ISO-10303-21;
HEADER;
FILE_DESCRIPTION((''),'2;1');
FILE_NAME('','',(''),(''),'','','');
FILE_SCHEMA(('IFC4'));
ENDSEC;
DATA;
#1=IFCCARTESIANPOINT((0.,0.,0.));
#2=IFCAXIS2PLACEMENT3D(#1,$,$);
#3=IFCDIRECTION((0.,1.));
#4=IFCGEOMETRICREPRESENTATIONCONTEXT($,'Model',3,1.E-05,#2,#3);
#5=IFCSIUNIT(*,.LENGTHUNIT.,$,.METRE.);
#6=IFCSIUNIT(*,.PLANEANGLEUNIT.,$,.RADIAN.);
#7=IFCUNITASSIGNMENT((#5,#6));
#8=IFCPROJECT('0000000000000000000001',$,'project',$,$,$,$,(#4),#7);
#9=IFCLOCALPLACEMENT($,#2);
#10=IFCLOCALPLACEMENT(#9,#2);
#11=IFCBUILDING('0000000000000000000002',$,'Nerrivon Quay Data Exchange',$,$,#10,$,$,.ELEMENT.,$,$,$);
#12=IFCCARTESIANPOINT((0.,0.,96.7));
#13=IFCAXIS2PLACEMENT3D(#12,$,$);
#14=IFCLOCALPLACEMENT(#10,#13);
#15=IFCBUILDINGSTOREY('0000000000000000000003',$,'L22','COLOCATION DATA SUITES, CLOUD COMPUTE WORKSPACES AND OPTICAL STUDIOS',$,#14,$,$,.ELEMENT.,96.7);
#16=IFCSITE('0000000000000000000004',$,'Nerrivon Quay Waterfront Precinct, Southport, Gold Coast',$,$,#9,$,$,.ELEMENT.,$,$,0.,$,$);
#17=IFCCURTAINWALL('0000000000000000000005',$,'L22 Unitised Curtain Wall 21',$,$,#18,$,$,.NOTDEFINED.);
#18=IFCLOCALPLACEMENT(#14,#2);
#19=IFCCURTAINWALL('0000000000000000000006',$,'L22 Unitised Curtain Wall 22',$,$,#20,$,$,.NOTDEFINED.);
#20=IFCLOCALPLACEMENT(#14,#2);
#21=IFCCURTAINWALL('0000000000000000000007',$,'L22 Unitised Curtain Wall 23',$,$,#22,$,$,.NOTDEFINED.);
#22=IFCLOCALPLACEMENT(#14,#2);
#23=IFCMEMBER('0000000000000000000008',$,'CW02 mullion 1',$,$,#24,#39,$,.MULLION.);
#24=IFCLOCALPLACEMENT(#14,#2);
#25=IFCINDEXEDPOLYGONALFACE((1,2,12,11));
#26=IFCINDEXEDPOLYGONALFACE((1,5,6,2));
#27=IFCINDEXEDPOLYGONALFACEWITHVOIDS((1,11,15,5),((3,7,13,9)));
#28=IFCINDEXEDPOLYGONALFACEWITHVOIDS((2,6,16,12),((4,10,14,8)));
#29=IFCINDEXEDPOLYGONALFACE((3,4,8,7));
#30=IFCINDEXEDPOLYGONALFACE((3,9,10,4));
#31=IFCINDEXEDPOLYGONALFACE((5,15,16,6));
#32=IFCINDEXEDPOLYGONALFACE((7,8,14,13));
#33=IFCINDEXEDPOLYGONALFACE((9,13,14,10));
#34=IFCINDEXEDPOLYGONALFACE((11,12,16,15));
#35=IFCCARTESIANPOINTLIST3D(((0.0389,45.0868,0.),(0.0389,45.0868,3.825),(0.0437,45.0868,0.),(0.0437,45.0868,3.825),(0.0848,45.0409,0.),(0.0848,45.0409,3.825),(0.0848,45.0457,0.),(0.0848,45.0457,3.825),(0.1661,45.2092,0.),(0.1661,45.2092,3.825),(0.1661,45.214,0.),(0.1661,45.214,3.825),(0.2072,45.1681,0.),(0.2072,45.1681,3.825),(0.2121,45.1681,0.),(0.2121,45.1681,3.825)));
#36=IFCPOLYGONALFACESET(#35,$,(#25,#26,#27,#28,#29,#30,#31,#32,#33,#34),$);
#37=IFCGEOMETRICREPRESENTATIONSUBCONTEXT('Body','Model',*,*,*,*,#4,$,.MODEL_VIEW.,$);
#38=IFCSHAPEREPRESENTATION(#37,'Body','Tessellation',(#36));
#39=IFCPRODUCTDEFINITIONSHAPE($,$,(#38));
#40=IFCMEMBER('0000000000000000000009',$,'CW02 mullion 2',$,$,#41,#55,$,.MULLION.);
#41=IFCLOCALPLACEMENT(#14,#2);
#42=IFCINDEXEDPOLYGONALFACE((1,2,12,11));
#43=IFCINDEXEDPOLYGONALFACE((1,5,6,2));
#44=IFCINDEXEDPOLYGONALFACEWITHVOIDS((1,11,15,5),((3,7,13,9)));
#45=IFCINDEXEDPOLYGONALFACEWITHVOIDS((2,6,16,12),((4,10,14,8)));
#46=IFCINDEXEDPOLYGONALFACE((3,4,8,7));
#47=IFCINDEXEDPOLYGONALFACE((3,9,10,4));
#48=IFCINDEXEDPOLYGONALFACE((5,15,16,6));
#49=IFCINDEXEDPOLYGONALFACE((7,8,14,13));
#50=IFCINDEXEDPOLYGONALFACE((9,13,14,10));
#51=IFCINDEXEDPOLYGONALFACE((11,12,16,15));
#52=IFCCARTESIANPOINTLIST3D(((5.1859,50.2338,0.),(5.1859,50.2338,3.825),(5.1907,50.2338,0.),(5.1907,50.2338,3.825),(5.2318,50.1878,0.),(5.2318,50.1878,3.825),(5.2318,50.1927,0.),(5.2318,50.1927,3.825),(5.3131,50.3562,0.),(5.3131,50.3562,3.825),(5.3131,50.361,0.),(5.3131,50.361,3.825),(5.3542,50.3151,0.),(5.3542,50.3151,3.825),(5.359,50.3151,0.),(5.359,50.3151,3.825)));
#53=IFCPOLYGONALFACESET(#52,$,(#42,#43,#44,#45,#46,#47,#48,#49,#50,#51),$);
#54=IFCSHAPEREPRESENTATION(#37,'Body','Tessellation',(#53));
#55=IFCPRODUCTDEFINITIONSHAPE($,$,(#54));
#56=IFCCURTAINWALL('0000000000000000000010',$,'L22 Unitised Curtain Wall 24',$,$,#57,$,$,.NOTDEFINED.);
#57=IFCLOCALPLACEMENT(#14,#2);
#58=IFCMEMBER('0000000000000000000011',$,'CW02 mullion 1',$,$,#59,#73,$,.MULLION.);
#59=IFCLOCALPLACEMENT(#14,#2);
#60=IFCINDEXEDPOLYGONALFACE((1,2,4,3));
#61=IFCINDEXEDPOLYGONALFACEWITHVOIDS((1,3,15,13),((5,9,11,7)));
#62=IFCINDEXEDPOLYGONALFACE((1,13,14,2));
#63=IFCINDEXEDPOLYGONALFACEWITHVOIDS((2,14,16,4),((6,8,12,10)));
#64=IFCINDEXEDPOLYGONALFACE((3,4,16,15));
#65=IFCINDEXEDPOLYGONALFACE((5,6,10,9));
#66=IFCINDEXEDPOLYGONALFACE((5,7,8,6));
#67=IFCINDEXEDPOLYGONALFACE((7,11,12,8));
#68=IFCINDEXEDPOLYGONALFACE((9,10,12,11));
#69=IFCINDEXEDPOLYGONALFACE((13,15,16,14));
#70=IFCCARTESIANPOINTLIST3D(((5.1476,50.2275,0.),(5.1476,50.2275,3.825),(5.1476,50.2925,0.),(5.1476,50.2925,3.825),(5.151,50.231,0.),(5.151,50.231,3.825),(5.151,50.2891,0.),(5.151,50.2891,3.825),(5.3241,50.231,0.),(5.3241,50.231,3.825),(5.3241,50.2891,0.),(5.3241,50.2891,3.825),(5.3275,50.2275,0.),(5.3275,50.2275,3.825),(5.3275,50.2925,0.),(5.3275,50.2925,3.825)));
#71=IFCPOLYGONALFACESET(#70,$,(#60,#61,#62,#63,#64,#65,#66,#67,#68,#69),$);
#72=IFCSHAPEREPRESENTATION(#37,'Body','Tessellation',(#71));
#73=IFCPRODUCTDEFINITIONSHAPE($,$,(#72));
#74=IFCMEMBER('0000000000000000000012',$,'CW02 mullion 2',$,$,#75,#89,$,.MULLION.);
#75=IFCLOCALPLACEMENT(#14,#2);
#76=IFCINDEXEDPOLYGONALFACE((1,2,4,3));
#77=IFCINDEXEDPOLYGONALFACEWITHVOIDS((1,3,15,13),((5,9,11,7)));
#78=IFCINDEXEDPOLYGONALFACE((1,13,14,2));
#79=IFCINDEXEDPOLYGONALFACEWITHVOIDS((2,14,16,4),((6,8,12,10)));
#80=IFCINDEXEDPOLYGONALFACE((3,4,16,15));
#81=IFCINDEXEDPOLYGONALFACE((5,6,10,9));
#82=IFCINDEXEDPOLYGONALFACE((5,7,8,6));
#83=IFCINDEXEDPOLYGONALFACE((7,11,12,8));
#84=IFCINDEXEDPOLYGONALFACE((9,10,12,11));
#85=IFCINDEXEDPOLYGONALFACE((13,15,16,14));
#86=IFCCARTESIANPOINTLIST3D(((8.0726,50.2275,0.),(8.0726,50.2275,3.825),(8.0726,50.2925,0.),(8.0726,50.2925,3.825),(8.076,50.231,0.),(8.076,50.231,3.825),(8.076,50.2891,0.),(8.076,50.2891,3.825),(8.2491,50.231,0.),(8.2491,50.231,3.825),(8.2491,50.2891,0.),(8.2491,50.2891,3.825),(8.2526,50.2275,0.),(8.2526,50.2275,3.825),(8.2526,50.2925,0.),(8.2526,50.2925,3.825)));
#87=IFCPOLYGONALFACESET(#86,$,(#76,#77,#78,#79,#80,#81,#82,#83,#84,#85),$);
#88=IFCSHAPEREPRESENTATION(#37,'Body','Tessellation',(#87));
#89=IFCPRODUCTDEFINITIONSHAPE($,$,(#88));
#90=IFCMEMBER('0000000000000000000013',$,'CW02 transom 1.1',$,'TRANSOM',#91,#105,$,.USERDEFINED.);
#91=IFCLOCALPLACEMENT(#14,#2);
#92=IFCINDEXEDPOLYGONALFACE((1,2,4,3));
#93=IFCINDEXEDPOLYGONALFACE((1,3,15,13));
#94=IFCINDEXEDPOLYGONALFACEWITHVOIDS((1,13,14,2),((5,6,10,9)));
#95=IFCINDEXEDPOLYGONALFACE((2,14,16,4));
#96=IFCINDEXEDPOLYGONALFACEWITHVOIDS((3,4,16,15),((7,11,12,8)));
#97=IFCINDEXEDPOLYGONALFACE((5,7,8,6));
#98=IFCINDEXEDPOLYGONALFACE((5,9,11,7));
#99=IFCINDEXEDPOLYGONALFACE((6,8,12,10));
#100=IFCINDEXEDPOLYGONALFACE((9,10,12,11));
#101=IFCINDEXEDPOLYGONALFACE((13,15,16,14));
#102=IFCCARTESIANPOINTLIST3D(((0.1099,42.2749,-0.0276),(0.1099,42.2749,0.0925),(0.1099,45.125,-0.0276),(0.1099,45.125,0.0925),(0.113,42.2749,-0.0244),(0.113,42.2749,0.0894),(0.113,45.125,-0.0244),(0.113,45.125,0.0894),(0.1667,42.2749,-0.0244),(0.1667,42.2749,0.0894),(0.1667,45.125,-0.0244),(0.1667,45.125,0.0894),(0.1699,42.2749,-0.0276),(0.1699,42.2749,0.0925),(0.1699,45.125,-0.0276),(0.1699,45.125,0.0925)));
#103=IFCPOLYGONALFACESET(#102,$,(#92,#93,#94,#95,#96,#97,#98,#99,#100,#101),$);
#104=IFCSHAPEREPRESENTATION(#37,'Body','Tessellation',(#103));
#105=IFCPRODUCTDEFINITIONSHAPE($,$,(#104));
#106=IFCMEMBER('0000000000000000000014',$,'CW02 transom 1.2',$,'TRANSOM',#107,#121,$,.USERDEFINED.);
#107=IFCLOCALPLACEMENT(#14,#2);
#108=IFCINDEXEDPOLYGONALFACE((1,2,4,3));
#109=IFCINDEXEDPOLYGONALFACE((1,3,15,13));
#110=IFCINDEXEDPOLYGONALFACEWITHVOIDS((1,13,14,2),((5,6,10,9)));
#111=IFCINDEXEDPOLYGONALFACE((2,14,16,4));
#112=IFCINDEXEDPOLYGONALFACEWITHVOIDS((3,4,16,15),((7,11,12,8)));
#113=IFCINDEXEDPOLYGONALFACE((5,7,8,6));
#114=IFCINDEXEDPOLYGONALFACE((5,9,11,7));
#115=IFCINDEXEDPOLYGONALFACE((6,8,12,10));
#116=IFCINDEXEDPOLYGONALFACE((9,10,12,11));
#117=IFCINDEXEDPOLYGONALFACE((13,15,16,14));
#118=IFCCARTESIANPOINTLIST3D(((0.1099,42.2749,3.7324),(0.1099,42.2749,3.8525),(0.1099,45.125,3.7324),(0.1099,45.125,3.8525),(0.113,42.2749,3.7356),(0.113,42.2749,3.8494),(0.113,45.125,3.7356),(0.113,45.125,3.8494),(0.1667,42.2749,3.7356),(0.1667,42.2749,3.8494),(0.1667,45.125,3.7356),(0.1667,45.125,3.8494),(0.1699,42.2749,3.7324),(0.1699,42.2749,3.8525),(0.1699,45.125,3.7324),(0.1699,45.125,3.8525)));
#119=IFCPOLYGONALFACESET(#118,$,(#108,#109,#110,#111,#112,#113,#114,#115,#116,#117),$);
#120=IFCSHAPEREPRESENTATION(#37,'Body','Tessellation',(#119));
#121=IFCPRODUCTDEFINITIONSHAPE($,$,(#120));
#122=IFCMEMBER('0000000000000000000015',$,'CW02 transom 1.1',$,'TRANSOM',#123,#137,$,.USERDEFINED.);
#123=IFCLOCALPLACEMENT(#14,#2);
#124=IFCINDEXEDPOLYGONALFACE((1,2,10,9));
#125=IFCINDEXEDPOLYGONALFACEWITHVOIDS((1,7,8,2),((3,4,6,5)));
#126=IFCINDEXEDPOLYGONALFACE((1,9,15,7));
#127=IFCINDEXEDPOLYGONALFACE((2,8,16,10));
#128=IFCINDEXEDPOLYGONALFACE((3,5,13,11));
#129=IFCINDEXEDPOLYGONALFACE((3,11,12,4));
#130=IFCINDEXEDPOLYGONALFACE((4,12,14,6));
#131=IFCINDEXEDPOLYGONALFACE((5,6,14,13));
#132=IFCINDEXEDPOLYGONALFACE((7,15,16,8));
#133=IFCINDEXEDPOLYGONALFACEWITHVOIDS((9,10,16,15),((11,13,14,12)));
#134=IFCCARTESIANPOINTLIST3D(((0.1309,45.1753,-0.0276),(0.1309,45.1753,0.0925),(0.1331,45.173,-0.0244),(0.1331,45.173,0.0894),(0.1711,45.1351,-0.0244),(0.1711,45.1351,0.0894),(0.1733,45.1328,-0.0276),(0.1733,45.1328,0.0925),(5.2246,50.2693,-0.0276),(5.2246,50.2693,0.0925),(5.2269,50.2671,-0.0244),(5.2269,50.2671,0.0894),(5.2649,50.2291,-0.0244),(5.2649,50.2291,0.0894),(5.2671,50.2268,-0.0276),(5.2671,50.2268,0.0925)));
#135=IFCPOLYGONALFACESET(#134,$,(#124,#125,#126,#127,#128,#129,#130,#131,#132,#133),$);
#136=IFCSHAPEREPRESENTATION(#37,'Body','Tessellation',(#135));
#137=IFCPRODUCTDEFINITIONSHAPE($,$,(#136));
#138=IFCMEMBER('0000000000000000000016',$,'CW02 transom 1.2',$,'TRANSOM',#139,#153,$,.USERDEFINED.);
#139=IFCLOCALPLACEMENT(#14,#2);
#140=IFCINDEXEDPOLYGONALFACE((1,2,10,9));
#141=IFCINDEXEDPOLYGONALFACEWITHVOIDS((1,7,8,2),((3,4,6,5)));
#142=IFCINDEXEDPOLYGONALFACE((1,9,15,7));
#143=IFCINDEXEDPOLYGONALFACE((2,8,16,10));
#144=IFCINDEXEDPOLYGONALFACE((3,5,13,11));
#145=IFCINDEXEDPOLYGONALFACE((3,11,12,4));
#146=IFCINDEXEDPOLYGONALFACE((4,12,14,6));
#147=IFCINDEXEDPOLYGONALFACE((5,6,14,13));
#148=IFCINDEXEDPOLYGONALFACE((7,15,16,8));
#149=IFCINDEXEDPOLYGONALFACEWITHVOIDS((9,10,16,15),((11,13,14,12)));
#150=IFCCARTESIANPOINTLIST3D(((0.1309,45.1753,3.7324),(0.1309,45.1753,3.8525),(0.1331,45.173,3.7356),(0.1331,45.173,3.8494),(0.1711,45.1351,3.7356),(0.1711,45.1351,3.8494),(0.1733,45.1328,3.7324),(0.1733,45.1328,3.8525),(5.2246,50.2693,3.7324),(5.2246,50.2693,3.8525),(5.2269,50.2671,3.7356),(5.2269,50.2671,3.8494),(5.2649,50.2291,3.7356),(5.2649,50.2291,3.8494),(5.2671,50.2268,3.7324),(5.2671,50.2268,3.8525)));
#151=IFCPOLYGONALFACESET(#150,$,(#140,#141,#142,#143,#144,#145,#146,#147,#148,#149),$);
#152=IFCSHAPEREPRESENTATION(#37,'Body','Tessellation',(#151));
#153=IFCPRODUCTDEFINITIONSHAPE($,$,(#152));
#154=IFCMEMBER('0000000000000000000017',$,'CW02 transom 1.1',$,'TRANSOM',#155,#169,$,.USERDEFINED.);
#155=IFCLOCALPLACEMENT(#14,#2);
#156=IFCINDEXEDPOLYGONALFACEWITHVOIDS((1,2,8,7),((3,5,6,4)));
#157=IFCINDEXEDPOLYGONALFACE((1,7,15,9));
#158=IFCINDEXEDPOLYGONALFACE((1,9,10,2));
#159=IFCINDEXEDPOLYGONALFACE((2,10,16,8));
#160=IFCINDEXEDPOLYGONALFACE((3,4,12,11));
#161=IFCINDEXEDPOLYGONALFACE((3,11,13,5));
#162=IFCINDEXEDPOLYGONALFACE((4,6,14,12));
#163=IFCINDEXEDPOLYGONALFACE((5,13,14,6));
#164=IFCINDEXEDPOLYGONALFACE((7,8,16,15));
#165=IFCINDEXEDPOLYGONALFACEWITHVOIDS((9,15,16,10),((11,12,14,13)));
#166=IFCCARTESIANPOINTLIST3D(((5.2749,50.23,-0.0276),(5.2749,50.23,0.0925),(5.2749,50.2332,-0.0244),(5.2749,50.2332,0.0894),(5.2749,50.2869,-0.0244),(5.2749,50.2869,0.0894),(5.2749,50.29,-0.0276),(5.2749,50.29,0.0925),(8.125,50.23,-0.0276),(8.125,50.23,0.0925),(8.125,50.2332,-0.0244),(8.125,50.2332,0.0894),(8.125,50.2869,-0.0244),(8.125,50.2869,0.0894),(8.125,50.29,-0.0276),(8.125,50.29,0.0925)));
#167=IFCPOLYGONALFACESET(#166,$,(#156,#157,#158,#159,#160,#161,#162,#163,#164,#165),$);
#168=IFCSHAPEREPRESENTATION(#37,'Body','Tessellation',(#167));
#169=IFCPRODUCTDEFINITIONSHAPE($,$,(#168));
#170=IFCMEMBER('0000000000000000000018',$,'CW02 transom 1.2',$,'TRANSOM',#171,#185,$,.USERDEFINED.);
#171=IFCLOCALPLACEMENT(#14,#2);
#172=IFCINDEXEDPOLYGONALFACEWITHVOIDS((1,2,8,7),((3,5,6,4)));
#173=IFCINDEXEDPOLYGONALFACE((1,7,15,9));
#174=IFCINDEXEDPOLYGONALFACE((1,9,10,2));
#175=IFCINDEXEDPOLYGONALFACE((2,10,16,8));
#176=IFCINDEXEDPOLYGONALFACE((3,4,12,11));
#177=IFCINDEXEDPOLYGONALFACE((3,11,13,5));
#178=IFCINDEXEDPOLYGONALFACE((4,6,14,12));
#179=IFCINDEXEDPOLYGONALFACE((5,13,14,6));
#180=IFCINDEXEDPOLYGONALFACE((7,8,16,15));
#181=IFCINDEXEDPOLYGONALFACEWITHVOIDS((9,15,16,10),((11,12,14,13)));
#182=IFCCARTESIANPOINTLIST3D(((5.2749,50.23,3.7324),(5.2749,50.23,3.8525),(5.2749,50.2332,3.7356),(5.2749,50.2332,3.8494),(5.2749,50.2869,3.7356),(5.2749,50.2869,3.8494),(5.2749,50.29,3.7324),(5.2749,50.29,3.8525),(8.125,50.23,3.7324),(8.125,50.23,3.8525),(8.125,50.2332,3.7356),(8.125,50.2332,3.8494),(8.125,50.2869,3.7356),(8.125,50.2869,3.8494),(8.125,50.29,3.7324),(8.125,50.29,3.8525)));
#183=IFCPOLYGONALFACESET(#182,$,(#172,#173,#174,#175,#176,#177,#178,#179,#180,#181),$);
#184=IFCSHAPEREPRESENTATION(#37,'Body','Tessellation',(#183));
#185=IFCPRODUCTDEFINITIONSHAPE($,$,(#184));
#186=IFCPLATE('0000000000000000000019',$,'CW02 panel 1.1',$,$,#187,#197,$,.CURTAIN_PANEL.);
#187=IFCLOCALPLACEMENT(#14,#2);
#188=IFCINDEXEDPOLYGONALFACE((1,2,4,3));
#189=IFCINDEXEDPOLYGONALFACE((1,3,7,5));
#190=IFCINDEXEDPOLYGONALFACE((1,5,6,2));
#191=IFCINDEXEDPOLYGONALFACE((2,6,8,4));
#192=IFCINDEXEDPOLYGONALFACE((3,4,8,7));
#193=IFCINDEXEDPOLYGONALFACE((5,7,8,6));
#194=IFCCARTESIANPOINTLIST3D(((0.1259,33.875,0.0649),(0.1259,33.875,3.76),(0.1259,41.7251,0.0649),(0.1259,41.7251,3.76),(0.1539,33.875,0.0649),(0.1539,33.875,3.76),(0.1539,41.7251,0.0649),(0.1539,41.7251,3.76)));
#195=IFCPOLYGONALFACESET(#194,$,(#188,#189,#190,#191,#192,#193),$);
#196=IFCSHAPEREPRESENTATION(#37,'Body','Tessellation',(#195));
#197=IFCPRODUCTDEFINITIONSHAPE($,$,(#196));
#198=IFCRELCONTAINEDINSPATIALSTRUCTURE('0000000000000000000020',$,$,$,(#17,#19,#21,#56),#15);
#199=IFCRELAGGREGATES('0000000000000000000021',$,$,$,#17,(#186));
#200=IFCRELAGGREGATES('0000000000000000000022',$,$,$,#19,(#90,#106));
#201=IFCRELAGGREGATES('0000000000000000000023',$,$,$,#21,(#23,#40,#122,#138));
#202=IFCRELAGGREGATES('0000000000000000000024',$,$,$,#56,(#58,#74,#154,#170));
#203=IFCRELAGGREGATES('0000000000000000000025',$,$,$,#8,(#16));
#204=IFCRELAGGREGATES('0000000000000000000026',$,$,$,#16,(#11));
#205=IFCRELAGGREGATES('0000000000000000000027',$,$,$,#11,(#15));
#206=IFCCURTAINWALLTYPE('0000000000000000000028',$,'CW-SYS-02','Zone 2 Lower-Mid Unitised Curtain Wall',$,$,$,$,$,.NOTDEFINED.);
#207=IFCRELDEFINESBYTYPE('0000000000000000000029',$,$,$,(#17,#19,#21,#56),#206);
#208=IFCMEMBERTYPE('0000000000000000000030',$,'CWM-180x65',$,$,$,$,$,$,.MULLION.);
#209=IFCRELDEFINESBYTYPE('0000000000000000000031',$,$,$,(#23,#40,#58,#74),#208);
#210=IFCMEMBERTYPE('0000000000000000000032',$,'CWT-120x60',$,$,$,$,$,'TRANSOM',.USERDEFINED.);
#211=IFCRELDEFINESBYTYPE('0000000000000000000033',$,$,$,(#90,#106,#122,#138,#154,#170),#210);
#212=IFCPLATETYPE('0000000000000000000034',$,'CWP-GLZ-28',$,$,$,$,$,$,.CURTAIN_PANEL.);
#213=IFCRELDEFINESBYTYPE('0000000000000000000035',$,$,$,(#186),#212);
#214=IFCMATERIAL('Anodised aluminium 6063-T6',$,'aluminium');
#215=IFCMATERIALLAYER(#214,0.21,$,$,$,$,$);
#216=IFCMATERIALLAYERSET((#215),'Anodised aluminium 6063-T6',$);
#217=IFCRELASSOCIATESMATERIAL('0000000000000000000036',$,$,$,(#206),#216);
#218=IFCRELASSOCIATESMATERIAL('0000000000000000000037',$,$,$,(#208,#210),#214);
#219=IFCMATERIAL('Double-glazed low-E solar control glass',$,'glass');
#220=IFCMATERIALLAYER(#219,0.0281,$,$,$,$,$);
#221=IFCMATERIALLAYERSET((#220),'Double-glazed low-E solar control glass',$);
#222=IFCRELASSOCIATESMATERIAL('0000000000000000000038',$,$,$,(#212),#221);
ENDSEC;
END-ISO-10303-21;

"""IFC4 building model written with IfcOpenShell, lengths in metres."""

from ifc_helpers import new_model, si_unit, direction, frame, origin, origin_2d, place, context, subcontext, project, spatial, rectangle, hollow_rectangle, extrude, material, layer, layer_set, material_profile, profile_set, type_object, element, aggregate, save


model = new_model("IFC4")

# Units and contexts
model_context = context("Model", 3, precision=1e-05, world=origin(), true_north=direction((0.0, 1.0)))
body_context = subcontext(model_context, "Body", "Model", "MODEL_VIEW")
ifc_project = project(units=[si_unit("LENGTHUNIT", "METRE"), si_unit("PLANEANGLEUNIT", "RADIAN")], contexts=[model_context])

# Site, building, storey
site_placement = place(None, origin())
site = spatial("IfcSite", under=ifc_project, at=site_placement, Name="Nerrivon Quay Waterfront Precinct, Southport, Gold Coast", CompositionType="ELEMENT", RefElevation=0.0)
building_placement = place(site_placement, origin())
building = spatial("IfcBuilding", under=site, at=building_placement, Name="Nerrivon Quay Data Exchange", CompositionType="ELEMENT")
storey_placement = place(building_placement, frame((0.0, 0.0, 96.7)))
storey = spatial("IfcBuildingStorey", under=building, at=storey_placement, Name="L22", Description="COLOCATION DATA SUITES, CLOUD COMPUTE WORKSPACES AND OPTICAL STUDIOS", CompositionType="ELEMENT", Elevation=96.7)

# Curtain wall
ifc_material_1 = material(Name="Anodised aluminium 6063-T6", Category="aluminium")
ifc_layer_1 = layer(ifc_material_1, 0.21)
ifc_layer_set_1 = layer_set([ifc_layer_1], Name="Anodised aluminium 6063-T6")
curtain_wall_type = type_object("IfcCurtainWallType", Name="CW-SYS-02", Description="Zone 2 Lower-Mid Unitised Curtain Wall", PredefinedType="NOTDEFINED", material=ifc_layer_set_1)
curtain_wall_1_placement = place(storey_placement, origin())
curtain_wall_1 = element("IfcCurtainWall", 1, at=curtain_wall_1_placement, inside=storey, type_object=curtain_wall_type, Name="L22 Unitised Curtain Wall 21", PredefinedType="NOTDEFINED")
ifc_material_profile_1 = material_profile(ifc_material_1, hollow_rectangle(XDim=0.0649, YDim=0.1799, WallThickness=0.0034, at=origin_2d()), Name="ALU-MULL-180x65")
ifc_profile_set_1 = profile_set([ifc_material_profile_1], Name="Anodised aluminium 6063-T6")
member_type_1 = type_object("IfcMemberType", Name="CWM-180x65", PredefinedType="MULLION", material=ifc_profile_set_1)

# Curtain walls, members
curtain_wall_2_placement = place(storey_placement, origin())
curtain_wall_2 = element("IfcCurtainWall", 2, at=curtain_wall_2_placement, inside=storey, type_object=curtain_wall_type, Name="L22 Unitised Curtain Wall 22", PredefinedType="NOTDEFINED")
curtain_wall_3_placement = place(storey_placement, origin())
curtain_wall_3 = element("IfcCurtainWall", 3, at=curtain_wall_3_placement, inside=storey, type_object=curtain_wall_type, Name="L22 Unitised Curtain Wall 23", PredefinedType="NOTDEFINED")
member_1_placement = place(storey_placement, frame((0.1255, 45.1274, 0.0), z_axis=(0.0, 0.0, 1.0), x_axis=(-0.707107, 0.707107, 0.0)))
member_1 = element("IfcMember", 4, at=member_1_placement, type_object=member_type_1, Name="CW02 mullion 1", PredefinedType="MULLION", context=body_context, shape_type="SweptSolid", body=[
    extrude(hollow_rectangle(XDim=0.0649, YDim=0.1799, WallThickness=0.0034, at=origin_2d()), origin(), (0.0, 0.0, 1.0), 3.825),
])
member_2_placement = place(storey_placement, frame((5.2725, 50.2744, 0.0), z_axis=(0.0, 0.0, 1.0), x_axis=(-0.707107, 0.707107, 0.0)))
member_2 = element("IfcMember", 5, at=member_2_placement, type_object=member_type_1, Name="CW02 mullion 2", PredefinedType="MULLION", context=body_context, shape_type="SweptSolid", body=[
    extrude(hollow_rectangle(XDim=0.0649, YDim=0.1799, WallThickness=0.0034, at=origin_2d()), origin(), (0.0, 0.0, 1.0), 3.825),
])
curtain_wall_4_placement = place(storey_placement, origin())
curtain_wall_4 = element("IfcCurtainWall", 6, at=curtain_wall_4_placement, inside=storey, type_object=curtain_wall_type, Name="L22 Unitised Curtain Wall 24", PredefinedType="NOTDEFINED")
member_3_placement = place(storey_placement, frame((5.2375, 50.26, 0.0), z_axis=(0.0, 0.0, 1.0), x_axis=(0.0, 1.0, 0.0)))
member_3 = element("IfcMember", 7, at=member_3_placement, type_object=member_type_1, Name="CW02 mullion 1", PredefinedType="MULLION", context=body_context, shape_type="SweptSolid", body=[
    extrude(hollow_rectangle(XDim=0.0649, YDim=0.1799, WallThickness=0.0034, at=origin_2d()), origin(), (0.0, 0.0, 1.0), 3.825),
])
member_4_placement = place(storey_placement, frame((8.1626, 50.26, 0.0), z_axis=(0.0, 0.0, 1.0), x_axis=(0.0, 1.0, 0.0)))
member_4 = element("IfcMember", 8, at=member_4_placement, type_object=member_type_1, Name="CW02 mullion 2", PredefinedType="MULLION", context=body_context, shape_type="SweptSolid", body=[
    extrude(hollow_rectangle(XDim=0.0649, YDim=0.1799, WallThickness=0.0034, at=origin_2d()), origin(), (0.0, 0.0, 1.0), 3.825),
])

# Members
ifc_material_profile_2 = material_profile(ifc_material_1, hollow_rectangle(XDim=0.0601, YDim=0.1201, WallThickness=0.0032, at=origin_2d()), Name="ALU-TRAN-120x60")
ifc_profile_set_2 = profile_set([ifc_material_profile_2], Name="Anodised aluminium 6063-T6")
member_type_2 = type_object("IfcMemberType", Name="CWT-120x60", ElementType="TRANSOM", PredefinedType="USERDEFINED", material=ifc_profile_set_2)
member_5_placement = place(storey_placement, frame((0.1399, 42.2749, 0.0325), z_axis=(0.0, 1.0, 0.0), x_axis=(-1.0, 0.0, 0.0)))
member_5 = element("IfcMember", 9, at=member_5_placement, type_object=member_type_2, Name="CW02 transom 1.1", ObjectType="TRANSOM", PredefinedType="USERDEFINED", context=body_context, shape_type="SweptSolid", body=[
    extrude(hollow_rectangle(XDim=0.0601, YDim=0.1201, WallThickness=0.0032, at=origin_2d()), origin(), (0.0, 0.0, 1.0), 2.8501),
])
member_6_placement = place(storey_placement, frame((0.1399, 42.2749, 3.7925), z_axis=(0.0, 1.0, 0.0), x_axis=(-1.0, 0.0, 0.0)))
member_6 = element("IfcMember", 10, at=member_6_placement, type_object=member_type_2, Name="CW02 transom 1.2", ObjectType="TRANSOM", PredefinedType="USERDEFINED", context=body_context, shape_type="SweptSolid", body=[
    extrude(hollow_rectangle(XDim=0.0601, YDim=0.1201, WallThickness=0.0032, at=origin_2d()), origin(), (0.0, 0.0, 1.0), 2.8501),
])
member_7_placement = place(storey_placement, frame((0.1521, 45.1541, 0.0325), z_axis=(0.70709, 0.707124, 0.0), x_axis=(-0.707124, 0.70709, 0.0)))
member_7 = element("IfcMember", 11, at=member_7_placement, type_object=member_type_2, Name="CW02 transom 1.1", ObjectType="TRANSOM", PredefinedType="USERDEFINED", context=body_context, shape_type="SweptSolid", body=[
    extrude(hollow_rectangle(XDim=0.0601, YDim=0.1201, WallThickness=0.0032, at=origin_2d()), origin(), (0.0, 0.0, 1.0), 7.2039),
])
member_8_placement = place(storey_placement, frame((0.1521, 45.1541, 3.7925), z_axis=(0.70709, 0.707124, 0.0), x_axis=(-0.707124, 0.70709, 0.0)))
member_8 = element("IfcMember", 12, at=member_8_placement, type_object=member_type_2, Name="CW02 transom 1.2", ObjectType="TRANSOM", PredefinedType="USERDEFINED", context=body_context, shape_type="SweptSolid", body=[
    extrude(hollow_rectangle(XDim=0.0601, YDim=0.1201, WallThickness=0.0032, at=origin_2d()), origin(), (0.0, 0.0, 1.0), 7.2039),
])
member_9_placement = place(storey_placement, frame((5.2749, 50.26, 0.0325), z_axis=(1.0, 0.0, 0.0), x_axis=(0.0, 1.0, 0.0)))
member_9 = element("IfcMember", 13, at=member_9_placement, type_object=member_type_2, Name="CW02 transom 1.1", ObjectType="TRANSOM", PredefinedType="USERDEFINED", context=body_context, shape_type="SweptSolid", body=[
    extrude(hollow_rectangle(XDim=0.0601, YDim=0.1201, WallThickness=0.0032, at=origin_2d()), origin(), (0.0, 0.0, 1.0), 2.8501),
])
member_10_placement = place(storey_placement, frame((5.2749, 50.26, 3.7925), z_axis=(1.0, 0.0, 0.0), x_axis=(0.0, 1.0, 0.0)))
member_10 = element("IfcMember", 14, at=member_10_placement, type_object=member_type_2, Name="CW02 transom 1.2", ObjectType="TRANSOM", PredefinedType="USERDEFINED", context=body_context, shape_type="SweptSolid", body=[
    extrude(hollow_rectangle(XDim=0.0601, YDim=0.1201, WallThickness=0.0032, at=origin_2d()), origin(), (0.0, 0.0, 1.0), 2.8501),
])

# Plate
ifc_material_2 = material(Name="Double-glazed low-E solar control glass", Category="glass")
ifc_layer_2 = layer(ifc_material_2, 0.0281)
ifc_layer_set_2 = layer_set([ifc_layer_2], Name="Double-glazed low-E solar control glass")
plate_type = type_object("IfcPlateType", Name="CWP-GLZ-28", PredefinedType="CURTAIN_PANEL", material=ifc_layer_set_2)
plate_1_placement = place(storey_placement, frame((0.1399, 37.8, 0.0649), z_axis=(0.0, 0.0, 1.0), x_axis=(0.0, 1.0, 0.0)))
plate_1 = element("IfcPlate", 15, at=plate_1_placement, type_object=plate_type, Name="CW02 panel 1.1", PredefinedType="CURTAIN_PANEL", context=body_context, shape_type="SweptSolid", body=[
    extrude(rectangle(XDim=7.8501, YDim=0.0281, at=origin_2d()), origin(), (0.0, 0.0, 1.0), 3.6951),
])
aggregate(curtain_wall_1, [plate_1])
aggregate(curtain_wall_2, [member_5, member_6])
aggregate(curtain_wall_3, [member_1, member_2, member_7, member_8])
aggregate(curtain_wall_4, [member_3, member_4, member_9, member_10])

save(model, "model.ifc")
